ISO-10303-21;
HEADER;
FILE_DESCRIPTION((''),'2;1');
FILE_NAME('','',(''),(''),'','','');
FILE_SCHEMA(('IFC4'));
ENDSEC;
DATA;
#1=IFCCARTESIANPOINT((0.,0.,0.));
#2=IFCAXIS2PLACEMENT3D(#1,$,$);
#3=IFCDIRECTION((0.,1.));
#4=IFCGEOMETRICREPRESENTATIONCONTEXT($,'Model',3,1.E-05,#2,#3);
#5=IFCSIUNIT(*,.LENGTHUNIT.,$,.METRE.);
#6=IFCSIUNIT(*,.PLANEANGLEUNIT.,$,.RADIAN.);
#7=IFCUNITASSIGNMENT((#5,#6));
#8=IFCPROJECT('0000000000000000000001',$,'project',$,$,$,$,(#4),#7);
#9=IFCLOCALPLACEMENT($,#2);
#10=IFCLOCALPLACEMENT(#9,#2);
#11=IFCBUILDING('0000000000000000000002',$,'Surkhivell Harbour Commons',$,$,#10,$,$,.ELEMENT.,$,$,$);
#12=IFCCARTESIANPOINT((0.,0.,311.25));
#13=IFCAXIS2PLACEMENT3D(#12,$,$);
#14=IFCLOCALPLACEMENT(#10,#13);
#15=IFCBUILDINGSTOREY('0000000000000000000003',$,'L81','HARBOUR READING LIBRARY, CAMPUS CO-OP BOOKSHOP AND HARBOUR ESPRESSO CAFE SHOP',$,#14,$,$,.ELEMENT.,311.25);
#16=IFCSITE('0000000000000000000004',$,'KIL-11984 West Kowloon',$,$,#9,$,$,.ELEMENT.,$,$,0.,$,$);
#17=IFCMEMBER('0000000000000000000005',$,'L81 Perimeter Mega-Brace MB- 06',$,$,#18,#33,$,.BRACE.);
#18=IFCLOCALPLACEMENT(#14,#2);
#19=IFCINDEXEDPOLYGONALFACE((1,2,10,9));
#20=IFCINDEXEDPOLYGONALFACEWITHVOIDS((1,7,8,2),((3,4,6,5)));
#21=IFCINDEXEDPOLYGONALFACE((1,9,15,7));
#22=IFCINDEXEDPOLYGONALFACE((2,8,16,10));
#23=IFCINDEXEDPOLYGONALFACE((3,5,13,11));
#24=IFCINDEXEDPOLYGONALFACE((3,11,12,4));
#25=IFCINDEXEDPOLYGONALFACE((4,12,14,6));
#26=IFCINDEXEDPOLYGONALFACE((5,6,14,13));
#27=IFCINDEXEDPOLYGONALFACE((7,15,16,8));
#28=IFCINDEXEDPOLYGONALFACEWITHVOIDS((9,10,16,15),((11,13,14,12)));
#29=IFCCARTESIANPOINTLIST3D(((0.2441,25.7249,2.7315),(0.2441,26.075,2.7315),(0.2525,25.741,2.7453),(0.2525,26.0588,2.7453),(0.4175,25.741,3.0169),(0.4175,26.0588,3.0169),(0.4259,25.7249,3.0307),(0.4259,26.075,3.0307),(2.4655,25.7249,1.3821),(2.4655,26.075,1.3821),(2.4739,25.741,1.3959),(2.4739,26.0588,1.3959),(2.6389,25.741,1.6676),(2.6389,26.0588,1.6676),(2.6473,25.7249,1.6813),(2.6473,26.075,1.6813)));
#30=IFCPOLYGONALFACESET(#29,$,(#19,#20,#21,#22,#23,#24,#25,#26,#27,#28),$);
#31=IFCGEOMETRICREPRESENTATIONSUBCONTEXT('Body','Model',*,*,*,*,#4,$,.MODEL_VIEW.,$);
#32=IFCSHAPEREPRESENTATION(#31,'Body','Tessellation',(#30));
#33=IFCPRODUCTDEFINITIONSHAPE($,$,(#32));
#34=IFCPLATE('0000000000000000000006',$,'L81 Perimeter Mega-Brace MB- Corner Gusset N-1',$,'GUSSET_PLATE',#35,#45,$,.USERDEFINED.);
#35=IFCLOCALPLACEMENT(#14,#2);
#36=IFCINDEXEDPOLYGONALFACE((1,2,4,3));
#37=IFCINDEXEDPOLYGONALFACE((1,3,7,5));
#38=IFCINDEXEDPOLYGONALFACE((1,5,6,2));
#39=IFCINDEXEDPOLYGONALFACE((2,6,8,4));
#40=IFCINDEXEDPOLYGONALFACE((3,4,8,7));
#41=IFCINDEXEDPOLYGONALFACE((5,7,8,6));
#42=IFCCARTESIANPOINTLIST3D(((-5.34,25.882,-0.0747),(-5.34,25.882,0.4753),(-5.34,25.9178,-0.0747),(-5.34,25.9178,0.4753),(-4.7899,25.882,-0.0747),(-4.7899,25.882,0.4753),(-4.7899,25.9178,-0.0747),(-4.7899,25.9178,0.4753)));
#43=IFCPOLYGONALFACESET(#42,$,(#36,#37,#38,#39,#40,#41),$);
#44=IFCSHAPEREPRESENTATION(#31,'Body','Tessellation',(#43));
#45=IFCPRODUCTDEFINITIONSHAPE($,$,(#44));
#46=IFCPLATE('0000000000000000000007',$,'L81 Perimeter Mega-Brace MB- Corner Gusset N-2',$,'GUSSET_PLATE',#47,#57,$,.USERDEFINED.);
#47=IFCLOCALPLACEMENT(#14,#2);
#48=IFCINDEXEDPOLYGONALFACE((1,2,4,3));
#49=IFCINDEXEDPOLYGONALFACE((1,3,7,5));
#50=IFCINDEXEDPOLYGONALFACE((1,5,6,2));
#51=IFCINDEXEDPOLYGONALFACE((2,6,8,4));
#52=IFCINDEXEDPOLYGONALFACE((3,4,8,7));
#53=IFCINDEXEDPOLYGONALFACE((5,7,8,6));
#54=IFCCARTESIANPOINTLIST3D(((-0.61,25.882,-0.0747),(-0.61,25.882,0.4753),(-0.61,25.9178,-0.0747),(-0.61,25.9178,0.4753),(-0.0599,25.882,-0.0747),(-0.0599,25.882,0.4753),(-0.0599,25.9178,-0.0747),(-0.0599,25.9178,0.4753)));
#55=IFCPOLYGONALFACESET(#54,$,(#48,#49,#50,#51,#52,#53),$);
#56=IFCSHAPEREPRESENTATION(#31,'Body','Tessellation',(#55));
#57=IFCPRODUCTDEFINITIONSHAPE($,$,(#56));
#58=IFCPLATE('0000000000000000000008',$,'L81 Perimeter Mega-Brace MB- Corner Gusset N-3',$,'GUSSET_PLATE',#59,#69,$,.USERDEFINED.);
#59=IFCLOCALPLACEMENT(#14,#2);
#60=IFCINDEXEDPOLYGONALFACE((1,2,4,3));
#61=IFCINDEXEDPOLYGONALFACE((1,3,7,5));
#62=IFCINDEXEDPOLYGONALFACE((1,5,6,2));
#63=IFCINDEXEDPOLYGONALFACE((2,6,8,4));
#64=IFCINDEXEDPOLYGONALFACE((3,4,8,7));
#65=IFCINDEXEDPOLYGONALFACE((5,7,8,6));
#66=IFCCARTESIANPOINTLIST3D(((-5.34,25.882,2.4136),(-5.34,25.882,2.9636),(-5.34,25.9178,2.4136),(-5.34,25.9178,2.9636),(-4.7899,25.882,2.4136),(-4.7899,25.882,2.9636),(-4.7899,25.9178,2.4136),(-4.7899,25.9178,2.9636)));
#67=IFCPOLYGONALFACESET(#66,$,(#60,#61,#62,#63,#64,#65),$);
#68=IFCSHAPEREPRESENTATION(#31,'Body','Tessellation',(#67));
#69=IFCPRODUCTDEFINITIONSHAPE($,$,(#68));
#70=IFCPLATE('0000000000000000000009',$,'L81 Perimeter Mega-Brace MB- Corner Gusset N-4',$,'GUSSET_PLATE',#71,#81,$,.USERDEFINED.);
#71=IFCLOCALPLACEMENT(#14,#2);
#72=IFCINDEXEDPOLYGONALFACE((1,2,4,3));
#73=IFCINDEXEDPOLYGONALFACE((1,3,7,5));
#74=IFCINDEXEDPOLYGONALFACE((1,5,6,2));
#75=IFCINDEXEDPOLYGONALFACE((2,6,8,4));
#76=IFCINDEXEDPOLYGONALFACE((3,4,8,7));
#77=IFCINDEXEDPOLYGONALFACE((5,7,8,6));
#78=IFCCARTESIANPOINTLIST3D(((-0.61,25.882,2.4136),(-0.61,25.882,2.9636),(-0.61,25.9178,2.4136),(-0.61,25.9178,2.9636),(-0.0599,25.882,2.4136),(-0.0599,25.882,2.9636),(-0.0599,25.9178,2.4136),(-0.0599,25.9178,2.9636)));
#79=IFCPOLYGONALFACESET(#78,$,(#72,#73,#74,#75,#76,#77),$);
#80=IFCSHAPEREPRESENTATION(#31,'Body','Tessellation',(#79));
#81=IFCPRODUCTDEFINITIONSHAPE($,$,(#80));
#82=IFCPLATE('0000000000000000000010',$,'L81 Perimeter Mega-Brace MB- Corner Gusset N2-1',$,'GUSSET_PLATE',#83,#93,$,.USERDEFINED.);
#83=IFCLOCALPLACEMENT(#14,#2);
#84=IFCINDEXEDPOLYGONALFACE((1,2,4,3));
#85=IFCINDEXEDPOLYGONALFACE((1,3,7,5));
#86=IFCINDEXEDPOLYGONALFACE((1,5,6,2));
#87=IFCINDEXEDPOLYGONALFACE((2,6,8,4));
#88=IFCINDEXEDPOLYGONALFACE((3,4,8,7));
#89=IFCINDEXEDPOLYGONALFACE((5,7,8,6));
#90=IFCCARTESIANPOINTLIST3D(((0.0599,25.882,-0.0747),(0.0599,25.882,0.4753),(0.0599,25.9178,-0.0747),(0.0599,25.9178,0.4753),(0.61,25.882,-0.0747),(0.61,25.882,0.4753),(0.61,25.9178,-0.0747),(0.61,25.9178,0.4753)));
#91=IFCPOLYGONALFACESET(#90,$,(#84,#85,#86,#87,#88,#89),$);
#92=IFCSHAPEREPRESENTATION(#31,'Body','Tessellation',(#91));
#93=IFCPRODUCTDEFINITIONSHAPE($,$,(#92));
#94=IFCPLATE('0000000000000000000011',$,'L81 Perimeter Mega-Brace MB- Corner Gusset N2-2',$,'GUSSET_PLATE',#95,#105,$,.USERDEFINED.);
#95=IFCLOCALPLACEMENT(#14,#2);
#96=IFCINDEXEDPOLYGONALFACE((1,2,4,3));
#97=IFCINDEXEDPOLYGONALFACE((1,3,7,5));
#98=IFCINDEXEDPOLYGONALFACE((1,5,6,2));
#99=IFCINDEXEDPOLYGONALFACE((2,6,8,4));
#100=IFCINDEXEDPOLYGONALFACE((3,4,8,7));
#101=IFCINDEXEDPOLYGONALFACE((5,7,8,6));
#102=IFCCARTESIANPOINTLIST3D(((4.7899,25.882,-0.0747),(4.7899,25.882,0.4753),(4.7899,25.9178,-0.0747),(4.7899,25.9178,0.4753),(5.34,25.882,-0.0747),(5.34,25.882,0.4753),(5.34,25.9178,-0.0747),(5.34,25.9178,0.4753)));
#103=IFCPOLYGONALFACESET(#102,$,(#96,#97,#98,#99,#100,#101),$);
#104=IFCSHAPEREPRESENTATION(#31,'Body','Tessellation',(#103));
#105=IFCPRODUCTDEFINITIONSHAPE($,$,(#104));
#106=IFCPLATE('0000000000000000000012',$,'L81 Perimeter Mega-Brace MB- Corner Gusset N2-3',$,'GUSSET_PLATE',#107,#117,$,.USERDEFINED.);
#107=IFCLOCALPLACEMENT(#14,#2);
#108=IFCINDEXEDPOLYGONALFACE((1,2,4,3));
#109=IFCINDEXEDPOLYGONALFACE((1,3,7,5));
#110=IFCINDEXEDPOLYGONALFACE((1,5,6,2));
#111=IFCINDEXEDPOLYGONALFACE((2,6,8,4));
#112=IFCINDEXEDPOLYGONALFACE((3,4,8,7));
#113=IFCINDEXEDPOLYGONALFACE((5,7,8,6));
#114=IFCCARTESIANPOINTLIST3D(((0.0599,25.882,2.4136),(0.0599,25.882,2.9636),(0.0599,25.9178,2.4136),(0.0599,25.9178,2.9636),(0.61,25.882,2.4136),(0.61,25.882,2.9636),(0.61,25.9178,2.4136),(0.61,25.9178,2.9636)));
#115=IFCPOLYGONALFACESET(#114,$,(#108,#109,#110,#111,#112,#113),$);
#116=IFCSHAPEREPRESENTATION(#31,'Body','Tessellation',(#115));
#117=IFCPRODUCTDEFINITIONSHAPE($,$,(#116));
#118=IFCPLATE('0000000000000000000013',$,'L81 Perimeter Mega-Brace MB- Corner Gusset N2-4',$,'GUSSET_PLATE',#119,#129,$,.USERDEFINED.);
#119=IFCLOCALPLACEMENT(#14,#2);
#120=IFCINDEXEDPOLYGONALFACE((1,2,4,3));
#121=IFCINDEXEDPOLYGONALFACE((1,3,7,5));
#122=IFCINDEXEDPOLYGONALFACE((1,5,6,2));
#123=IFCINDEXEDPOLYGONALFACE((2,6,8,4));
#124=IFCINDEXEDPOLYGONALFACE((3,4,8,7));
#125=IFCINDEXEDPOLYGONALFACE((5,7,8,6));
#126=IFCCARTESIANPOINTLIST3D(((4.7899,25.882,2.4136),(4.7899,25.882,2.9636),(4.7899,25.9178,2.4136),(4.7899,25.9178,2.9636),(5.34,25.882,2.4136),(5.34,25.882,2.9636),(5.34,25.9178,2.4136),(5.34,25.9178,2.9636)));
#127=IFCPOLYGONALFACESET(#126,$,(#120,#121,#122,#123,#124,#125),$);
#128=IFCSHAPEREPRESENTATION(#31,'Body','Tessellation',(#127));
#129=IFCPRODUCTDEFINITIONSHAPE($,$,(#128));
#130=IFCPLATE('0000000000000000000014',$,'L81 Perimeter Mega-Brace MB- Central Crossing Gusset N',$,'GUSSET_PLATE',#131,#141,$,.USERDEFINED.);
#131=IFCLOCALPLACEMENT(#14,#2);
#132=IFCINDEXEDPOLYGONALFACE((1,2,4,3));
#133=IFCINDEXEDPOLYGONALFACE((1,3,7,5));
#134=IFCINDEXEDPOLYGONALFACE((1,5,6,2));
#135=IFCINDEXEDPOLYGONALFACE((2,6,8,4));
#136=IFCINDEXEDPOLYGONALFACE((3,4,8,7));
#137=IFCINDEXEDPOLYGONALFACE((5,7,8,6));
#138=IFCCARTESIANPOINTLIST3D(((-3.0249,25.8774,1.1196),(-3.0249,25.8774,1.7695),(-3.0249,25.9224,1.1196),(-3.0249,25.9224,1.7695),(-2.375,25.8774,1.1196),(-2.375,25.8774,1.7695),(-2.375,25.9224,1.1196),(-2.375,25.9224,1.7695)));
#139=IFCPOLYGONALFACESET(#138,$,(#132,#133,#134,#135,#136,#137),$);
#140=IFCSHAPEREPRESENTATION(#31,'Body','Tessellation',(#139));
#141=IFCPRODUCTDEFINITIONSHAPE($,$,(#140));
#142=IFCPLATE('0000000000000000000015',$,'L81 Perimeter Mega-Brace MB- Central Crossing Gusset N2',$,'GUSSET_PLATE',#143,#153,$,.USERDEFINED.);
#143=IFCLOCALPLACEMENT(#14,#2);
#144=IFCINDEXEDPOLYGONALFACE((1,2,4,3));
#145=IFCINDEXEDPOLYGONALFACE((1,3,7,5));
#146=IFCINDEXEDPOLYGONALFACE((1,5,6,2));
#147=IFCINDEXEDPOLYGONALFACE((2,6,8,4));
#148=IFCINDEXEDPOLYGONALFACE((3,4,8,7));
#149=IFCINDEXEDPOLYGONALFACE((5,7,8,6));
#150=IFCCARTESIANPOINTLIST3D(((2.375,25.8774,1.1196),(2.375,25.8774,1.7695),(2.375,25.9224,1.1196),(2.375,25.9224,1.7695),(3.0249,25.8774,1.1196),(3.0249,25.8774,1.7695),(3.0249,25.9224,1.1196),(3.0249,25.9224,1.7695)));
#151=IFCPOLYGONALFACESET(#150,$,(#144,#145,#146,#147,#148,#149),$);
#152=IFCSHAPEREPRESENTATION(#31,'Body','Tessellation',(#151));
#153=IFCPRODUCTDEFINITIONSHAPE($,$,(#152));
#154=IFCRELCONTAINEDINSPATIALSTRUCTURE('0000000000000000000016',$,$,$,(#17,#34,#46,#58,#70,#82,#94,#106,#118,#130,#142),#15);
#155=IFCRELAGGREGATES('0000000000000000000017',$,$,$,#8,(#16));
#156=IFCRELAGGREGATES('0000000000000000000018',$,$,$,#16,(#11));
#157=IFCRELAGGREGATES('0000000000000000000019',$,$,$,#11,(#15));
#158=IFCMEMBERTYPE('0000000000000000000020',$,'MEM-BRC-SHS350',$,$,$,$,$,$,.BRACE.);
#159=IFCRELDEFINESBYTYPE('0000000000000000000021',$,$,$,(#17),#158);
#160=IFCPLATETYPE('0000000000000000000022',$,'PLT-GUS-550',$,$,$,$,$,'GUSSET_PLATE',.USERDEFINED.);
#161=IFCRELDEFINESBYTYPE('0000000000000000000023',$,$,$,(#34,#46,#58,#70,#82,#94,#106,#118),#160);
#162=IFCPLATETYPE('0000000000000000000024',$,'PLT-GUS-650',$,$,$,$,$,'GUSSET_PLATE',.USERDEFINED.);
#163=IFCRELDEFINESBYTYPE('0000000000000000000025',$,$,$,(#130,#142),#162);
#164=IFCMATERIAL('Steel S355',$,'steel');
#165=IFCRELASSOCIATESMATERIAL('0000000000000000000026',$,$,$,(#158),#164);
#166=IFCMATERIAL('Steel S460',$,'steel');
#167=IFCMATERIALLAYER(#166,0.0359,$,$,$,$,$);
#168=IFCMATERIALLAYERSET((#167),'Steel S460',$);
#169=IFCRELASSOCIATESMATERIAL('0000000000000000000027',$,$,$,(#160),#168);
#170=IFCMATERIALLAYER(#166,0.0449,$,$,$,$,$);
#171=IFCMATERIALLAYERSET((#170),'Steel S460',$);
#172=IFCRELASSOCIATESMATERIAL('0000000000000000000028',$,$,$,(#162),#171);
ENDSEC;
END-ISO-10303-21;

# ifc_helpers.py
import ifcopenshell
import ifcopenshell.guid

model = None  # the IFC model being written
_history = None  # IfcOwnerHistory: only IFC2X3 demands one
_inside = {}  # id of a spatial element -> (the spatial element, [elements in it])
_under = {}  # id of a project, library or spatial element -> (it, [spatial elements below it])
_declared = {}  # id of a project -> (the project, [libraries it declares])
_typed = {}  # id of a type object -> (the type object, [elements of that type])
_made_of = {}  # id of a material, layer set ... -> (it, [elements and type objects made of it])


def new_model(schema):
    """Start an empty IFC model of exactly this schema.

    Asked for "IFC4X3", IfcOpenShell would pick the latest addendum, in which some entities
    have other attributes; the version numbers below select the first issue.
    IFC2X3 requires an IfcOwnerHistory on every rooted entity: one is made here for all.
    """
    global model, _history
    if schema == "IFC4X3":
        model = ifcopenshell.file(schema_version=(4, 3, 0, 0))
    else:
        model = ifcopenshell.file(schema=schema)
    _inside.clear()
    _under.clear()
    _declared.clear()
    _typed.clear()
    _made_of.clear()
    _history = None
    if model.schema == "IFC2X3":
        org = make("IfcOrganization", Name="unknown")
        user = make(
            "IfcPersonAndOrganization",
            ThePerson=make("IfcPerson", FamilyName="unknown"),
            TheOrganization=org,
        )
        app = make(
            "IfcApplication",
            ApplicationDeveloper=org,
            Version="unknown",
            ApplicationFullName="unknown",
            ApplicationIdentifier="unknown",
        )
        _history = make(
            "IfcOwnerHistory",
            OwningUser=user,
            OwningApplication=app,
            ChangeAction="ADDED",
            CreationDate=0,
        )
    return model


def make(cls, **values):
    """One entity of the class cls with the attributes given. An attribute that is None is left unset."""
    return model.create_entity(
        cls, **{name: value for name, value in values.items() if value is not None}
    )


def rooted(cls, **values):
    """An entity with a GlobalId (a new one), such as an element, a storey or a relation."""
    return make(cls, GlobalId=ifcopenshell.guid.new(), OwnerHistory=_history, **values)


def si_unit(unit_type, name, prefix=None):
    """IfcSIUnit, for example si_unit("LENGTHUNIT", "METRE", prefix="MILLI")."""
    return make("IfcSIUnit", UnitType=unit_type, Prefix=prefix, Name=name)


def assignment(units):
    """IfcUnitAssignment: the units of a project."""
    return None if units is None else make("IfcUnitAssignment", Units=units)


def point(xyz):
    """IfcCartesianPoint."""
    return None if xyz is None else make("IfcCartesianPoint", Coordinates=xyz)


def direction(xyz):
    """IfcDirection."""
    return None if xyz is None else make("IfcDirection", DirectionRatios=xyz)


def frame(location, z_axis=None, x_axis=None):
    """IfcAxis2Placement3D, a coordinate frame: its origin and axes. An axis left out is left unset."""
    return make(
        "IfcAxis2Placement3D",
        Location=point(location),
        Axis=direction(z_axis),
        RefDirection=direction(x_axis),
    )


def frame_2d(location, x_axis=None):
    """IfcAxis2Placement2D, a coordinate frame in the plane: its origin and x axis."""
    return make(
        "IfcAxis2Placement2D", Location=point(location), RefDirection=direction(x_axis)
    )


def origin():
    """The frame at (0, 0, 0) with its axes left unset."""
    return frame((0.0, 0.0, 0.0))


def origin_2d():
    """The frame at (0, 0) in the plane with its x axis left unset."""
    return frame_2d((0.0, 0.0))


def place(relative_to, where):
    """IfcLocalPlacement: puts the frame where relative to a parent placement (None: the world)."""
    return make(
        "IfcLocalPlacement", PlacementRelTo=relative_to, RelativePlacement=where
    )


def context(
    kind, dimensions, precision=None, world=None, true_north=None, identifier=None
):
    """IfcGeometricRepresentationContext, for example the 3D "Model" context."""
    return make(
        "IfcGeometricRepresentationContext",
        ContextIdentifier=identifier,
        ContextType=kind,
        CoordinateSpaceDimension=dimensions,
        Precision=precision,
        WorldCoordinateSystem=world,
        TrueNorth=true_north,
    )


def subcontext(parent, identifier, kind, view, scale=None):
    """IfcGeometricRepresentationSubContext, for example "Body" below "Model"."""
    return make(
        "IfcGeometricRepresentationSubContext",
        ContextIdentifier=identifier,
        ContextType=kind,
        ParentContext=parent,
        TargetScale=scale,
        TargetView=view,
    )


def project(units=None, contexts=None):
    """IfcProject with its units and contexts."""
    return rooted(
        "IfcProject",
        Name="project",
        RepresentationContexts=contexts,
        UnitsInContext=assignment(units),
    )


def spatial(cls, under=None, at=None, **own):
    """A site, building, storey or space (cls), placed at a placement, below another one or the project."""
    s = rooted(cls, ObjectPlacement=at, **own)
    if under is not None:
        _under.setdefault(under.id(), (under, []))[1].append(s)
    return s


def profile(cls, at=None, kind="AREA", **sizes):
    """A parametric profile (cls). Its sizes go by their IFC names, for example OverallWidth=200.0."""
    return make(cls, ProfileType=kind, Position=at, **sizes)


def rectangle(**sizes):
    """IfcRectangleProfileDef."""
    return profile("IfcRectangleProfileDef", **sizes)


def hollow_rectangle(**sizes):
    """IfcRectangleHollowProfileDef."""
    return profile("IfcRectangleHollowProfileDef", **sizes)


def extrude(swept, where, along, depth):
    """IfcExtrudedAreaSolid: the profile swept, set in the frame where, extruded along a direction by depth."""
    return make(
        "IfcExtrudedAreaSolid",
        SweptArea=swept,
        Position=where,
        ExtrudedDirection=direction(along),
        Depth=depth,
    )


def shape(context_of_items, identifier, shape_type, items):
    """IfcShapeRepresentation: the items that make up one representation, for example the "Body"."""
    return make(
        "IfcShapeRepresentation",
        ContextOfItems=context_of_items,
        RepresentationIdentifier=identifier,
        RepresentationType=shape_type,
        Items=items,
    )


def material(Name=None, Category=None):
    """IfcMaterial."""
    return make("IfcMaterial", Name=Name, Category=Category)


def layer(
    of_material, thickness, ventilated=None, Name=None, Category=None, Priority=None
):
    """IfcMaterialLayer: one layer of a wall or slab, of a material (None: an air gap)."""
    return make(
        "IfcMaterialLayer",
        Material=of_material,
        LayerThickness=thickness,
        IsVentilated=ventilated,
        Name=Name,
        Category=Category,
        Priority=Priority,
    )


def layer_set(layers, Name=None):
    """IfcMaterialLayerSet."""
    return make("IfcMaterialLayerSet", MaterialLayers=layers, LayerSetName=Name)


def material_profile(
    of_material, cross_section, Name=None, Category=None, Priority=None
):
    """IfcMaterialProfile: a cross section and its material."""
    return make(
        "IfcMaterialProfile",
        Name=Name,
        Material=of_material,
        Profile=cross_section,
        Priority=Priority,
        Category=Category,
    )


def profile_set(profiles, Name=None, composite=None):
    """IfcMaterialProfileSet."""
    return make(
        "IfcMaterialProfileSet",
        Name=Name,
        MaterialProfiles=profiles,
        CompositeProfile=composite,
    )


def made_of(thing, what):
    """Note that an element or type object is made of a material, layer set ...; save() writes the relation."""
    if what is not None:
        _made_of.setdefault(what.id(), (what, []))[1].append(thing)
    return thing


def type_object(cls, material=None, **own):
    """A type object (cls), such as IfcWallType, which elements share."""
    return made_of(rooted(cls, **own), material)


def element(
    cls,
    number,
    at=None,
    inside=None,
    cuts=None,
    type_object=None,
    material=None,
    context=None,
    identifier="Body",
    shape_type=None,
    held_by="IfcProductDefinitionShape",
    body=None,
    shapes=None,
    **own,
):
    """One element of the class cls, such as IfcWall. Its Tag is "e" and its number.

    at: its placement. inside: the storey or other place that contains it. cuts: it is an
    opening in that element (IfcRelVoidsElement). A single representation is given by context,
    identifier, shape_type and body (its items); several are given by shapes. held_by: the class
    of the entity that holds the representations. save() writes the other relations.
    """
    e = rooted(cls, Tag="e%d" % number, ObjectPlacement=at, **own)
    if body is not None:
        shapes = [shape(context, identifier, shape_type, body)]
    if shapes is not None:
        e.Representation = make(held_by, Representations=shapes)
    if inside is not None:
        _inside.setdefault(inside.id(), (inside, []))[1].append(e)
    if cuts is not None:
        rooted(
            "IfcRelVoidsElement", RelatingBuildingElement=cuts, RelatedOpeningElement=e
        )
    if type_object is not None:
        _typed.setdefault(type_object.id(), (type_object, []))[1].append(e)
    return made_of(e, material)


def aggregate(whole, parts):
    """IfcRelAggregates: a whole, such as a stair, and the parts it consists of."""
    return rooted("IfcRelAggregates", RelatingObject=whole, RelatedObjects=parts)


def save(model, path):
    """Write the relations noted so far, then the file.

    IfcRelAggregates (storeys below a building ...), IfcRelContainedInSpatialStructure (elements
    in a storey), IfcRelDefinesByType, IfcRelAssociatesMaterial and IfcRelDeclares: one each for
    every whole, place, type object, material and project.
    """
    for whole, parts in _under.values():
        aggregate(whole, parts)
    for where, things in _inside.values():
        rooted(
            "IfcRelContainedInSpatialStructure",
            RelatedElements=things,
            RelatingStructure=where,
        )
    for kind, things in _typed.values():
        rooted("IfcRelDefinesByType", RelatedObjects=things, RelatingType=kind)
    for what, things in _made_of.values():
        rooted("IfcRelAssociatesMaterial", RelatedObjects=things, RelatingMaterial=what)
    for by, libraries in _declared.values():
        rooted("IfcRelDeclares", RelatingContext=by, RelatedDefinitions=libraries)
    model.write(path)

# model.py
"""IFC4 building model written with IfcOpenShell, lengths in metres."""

from ifc_helpers import new_model, si_unit, direction, frame, origin, origin_2d, place, context, subcontext, project, spatial, rectangle, hollow_rectangle, extrude, material, layer, layer_set, material_profile, profile_set, type_object, element, save


model = new_model("IFC4")

# Units and contexts
model_context = context("Model", 3, precision=1e-05, world=origin(), true_north=direction((0.0, 1.0)))
body_context = subcontext(model_context, "Body", "Model", "MODEL_VIEW")
ifc_project = project(units=[si_unit("LENGTHUNIT", "METRE"), si_unit("PLANEANGLEUNIT", "RADIAN")], contexts=[model_context])

# Site, building, storey
site_placement = place(None, origin())
site = spatial("IfcSite", under=ifc_project, at=site_placement, Name="KIL-11984 West Kowloon", CompositionType="ELEMENT", RefElevation=0.0)
building_placement = place(site_placement, origin())
building = spatial("IfcBuilding", under=site, at=building_placement, Name="Surkhivell Harbour Commons", CompositionType="ELEMENT")
storey_placement = place(building_placement, frame((0.0, 0.0, 311.25)))
storey = spatial("IfcBuildingStorey", under=building, at=storey_placement, Name="L81", Description="HARBOUR READING LIBRARY, CAMPUS CO-OP BOOKSHOP AND HARBOUR ESPRESSO CAFE SHOP", CompositionType="ELEMENT", Elevation=311.25)

# Shared definitions
ifc_material_1 = material(Name="Steel S355", Category="steel")

# Member
ifc_material_profile_1 = material_profile(ifc_material_1, hollow_rectangle(XDim=0.3501, YDim=0.3501, WallThickness=0.0161, at=origin_2d()), Name="SHS350x350x16")
ifc_profile_set_1 = profile_set([ifc_material_profile_1], Name="Steel S355")
member_type_1 = type_object("IfcMemberType", Name="MEM-BRC-SHS350", PredefinedType="BRACE", material=ifc_profile_set_1)
for number, where, z_axis, x_axis, name in (
    (1, (2.5564, 25.8999, 1.5317), (-0.854679, 0.0, 0.519157), (0.0, -1.0, 0.0), "L81 Perimeter Mega-Brace MB- 06"),
):
    element("IfcMember", number, at=place(storey_placement, frame(where, z_axis=z_axis, x_axis=x_axis)), inside=storey, type_object=member_type_1, Name=name, PredefinedType="BRACE", context=body_context, shape_type="SweptSolid", body=[
        extrude(hollow_rectangle(XDim=0.3501, YDim=0.3501, WallThickness=0.0161, at=origin_2d()), origin(), (0.0, 0.0, 1.0), 2.5991),
    ])

# Plates
ifc_material_2 = material(Name="Steel S460", Category="steel")
ifc_layer_1 = layer(ifc_material_2, 0.0359)
ifc_layer_set_1 = layer_set([ifc_layer_1], Name="Steel S460")
plate_type_1 = type_object("IfcPlateType", Name="PLT-GUS-550", ElementType="GUSSET_PLATE", PredefinedType="USERDEFINED", material=ifc_layer_set_1)
for number, where, z_axis, x_axis, name in (
    (2, (-5.0649, 25.8999, -0.0747), (0.0, 0.0, 1.0), (1.0, 0.0, 0.0), "L81 Perimeter Mega-Brace MB- Corner Gusset N-1"),
    (3, (-0.335, 25.8999, -0.0747), (0.0, 0.0, 1.0), (1.0, 0.0, 0.0), "L81 Perimeter Mega-Brace MB- Corner Gusset N-2"),
    (4, (-5.0649, 25.8999, 2.4136), (0.0, 0.0, 1.0), (1.0, 0.0, 0.0), "L81 Perimeter Mega-Brace MB- Corner Gusset N-3"),
    (5, (-0.335, 25.8999, 2.4136), (0.0, 0.0, 1.0), (1.0, 0.0, 0.0), "L81 Perimeter Mega-Brace MB- Corner Gusset N-4"),
    (6, (0.335, 25.8999, -0.0747), (0.0, 0.0, 1.0), (1.0, 0.0, 0.0), "L81 Perimeter Mega-Brace MB- Corner Gusset N2-1"),
    (7, (5.0649, 25.8999, -0.0747), (0.0, 0.0, 1.0), (1.0, 0.0, 0.0), "L81 Perimeter Mega-Brace MB- Corner Gusset N2-2"),
    (8, (0.335, 25.8999, 2.4136), (0.0, 0.0, 1.0), (1.0, 0.0, 0.0), "L81 Perimeter Mega-Brace MB- Corner Gusset N2-3"),
    (9, (5.0649, 25.8999, 2.4136), (0.0, 0.0, 1.0), (1.0, 0.0, 0.0), "L81 Perimeter Mega-Brace MB- Corner Gusset N2-4"),
):
    element("IfcPlate", number, at=place(storey_placement, frame(where, z_axis=z_axis, x_axis=x_axis)), inside=storey, type_object=plate_type_1, Name=name, ObjectType="GUSSET_PLATE", PredefinedType="USERDEFINED", context=body_context, shape_type="SweptSolid", body=[
        extrude(rectangle(XDim=0.55, YDim=0.0359, at=origin_2d()), origin(), (0.0, 0.0, 1.0), 0.55),
    ])
ifc_layer_2 = layer(ifc_material_2, 0.0449)
ifc_layer_set_2 = layer_set([ifc_layer_2], Name="Steel S460")
plate_type_2 = type_object("IfcPlateType", Name="PLT-GUS-650", ElementType="GUSSET_PLATE", PredefinedType="USERDEFINED", material=ifc_layer_set_2)
for number, where, z_axis, x_axis, name in (
    (10, (-2.7, 25.8999, 1.1196), (0.0, 0.0, 1.0), (1.0, 0.0, 0.0), "L81 Perimeter Mega-Brace MB- Central Crossing Gusset N"),
    (11, (2.7, 25.8999, 1.1196), (0.0, 0.0, 1.0), (1.0, 0.0, 0.0), "L81 Perimeter Mega-Brace MB- Central Crossing Gusset N2"),
):
    element("IfcPlate", number, at=place(storey_placement, frame(where, z_axis=z_axis, x_axis=x_axis)), inside=storey, type_object=plate_type_2, Name=name, ObjectType="GUSSET_PLATE", PredefinedType="USERDEFINED", context=body_context, shape_type="SweptSolid", body=[
        extrude(rectangle(XDim=0.6499, YDim=0.0449, at=origin_2d()), origin(), (0.0, 0.0, 1.0), 0.6499),
    ])

save(model, "model.ifc")
